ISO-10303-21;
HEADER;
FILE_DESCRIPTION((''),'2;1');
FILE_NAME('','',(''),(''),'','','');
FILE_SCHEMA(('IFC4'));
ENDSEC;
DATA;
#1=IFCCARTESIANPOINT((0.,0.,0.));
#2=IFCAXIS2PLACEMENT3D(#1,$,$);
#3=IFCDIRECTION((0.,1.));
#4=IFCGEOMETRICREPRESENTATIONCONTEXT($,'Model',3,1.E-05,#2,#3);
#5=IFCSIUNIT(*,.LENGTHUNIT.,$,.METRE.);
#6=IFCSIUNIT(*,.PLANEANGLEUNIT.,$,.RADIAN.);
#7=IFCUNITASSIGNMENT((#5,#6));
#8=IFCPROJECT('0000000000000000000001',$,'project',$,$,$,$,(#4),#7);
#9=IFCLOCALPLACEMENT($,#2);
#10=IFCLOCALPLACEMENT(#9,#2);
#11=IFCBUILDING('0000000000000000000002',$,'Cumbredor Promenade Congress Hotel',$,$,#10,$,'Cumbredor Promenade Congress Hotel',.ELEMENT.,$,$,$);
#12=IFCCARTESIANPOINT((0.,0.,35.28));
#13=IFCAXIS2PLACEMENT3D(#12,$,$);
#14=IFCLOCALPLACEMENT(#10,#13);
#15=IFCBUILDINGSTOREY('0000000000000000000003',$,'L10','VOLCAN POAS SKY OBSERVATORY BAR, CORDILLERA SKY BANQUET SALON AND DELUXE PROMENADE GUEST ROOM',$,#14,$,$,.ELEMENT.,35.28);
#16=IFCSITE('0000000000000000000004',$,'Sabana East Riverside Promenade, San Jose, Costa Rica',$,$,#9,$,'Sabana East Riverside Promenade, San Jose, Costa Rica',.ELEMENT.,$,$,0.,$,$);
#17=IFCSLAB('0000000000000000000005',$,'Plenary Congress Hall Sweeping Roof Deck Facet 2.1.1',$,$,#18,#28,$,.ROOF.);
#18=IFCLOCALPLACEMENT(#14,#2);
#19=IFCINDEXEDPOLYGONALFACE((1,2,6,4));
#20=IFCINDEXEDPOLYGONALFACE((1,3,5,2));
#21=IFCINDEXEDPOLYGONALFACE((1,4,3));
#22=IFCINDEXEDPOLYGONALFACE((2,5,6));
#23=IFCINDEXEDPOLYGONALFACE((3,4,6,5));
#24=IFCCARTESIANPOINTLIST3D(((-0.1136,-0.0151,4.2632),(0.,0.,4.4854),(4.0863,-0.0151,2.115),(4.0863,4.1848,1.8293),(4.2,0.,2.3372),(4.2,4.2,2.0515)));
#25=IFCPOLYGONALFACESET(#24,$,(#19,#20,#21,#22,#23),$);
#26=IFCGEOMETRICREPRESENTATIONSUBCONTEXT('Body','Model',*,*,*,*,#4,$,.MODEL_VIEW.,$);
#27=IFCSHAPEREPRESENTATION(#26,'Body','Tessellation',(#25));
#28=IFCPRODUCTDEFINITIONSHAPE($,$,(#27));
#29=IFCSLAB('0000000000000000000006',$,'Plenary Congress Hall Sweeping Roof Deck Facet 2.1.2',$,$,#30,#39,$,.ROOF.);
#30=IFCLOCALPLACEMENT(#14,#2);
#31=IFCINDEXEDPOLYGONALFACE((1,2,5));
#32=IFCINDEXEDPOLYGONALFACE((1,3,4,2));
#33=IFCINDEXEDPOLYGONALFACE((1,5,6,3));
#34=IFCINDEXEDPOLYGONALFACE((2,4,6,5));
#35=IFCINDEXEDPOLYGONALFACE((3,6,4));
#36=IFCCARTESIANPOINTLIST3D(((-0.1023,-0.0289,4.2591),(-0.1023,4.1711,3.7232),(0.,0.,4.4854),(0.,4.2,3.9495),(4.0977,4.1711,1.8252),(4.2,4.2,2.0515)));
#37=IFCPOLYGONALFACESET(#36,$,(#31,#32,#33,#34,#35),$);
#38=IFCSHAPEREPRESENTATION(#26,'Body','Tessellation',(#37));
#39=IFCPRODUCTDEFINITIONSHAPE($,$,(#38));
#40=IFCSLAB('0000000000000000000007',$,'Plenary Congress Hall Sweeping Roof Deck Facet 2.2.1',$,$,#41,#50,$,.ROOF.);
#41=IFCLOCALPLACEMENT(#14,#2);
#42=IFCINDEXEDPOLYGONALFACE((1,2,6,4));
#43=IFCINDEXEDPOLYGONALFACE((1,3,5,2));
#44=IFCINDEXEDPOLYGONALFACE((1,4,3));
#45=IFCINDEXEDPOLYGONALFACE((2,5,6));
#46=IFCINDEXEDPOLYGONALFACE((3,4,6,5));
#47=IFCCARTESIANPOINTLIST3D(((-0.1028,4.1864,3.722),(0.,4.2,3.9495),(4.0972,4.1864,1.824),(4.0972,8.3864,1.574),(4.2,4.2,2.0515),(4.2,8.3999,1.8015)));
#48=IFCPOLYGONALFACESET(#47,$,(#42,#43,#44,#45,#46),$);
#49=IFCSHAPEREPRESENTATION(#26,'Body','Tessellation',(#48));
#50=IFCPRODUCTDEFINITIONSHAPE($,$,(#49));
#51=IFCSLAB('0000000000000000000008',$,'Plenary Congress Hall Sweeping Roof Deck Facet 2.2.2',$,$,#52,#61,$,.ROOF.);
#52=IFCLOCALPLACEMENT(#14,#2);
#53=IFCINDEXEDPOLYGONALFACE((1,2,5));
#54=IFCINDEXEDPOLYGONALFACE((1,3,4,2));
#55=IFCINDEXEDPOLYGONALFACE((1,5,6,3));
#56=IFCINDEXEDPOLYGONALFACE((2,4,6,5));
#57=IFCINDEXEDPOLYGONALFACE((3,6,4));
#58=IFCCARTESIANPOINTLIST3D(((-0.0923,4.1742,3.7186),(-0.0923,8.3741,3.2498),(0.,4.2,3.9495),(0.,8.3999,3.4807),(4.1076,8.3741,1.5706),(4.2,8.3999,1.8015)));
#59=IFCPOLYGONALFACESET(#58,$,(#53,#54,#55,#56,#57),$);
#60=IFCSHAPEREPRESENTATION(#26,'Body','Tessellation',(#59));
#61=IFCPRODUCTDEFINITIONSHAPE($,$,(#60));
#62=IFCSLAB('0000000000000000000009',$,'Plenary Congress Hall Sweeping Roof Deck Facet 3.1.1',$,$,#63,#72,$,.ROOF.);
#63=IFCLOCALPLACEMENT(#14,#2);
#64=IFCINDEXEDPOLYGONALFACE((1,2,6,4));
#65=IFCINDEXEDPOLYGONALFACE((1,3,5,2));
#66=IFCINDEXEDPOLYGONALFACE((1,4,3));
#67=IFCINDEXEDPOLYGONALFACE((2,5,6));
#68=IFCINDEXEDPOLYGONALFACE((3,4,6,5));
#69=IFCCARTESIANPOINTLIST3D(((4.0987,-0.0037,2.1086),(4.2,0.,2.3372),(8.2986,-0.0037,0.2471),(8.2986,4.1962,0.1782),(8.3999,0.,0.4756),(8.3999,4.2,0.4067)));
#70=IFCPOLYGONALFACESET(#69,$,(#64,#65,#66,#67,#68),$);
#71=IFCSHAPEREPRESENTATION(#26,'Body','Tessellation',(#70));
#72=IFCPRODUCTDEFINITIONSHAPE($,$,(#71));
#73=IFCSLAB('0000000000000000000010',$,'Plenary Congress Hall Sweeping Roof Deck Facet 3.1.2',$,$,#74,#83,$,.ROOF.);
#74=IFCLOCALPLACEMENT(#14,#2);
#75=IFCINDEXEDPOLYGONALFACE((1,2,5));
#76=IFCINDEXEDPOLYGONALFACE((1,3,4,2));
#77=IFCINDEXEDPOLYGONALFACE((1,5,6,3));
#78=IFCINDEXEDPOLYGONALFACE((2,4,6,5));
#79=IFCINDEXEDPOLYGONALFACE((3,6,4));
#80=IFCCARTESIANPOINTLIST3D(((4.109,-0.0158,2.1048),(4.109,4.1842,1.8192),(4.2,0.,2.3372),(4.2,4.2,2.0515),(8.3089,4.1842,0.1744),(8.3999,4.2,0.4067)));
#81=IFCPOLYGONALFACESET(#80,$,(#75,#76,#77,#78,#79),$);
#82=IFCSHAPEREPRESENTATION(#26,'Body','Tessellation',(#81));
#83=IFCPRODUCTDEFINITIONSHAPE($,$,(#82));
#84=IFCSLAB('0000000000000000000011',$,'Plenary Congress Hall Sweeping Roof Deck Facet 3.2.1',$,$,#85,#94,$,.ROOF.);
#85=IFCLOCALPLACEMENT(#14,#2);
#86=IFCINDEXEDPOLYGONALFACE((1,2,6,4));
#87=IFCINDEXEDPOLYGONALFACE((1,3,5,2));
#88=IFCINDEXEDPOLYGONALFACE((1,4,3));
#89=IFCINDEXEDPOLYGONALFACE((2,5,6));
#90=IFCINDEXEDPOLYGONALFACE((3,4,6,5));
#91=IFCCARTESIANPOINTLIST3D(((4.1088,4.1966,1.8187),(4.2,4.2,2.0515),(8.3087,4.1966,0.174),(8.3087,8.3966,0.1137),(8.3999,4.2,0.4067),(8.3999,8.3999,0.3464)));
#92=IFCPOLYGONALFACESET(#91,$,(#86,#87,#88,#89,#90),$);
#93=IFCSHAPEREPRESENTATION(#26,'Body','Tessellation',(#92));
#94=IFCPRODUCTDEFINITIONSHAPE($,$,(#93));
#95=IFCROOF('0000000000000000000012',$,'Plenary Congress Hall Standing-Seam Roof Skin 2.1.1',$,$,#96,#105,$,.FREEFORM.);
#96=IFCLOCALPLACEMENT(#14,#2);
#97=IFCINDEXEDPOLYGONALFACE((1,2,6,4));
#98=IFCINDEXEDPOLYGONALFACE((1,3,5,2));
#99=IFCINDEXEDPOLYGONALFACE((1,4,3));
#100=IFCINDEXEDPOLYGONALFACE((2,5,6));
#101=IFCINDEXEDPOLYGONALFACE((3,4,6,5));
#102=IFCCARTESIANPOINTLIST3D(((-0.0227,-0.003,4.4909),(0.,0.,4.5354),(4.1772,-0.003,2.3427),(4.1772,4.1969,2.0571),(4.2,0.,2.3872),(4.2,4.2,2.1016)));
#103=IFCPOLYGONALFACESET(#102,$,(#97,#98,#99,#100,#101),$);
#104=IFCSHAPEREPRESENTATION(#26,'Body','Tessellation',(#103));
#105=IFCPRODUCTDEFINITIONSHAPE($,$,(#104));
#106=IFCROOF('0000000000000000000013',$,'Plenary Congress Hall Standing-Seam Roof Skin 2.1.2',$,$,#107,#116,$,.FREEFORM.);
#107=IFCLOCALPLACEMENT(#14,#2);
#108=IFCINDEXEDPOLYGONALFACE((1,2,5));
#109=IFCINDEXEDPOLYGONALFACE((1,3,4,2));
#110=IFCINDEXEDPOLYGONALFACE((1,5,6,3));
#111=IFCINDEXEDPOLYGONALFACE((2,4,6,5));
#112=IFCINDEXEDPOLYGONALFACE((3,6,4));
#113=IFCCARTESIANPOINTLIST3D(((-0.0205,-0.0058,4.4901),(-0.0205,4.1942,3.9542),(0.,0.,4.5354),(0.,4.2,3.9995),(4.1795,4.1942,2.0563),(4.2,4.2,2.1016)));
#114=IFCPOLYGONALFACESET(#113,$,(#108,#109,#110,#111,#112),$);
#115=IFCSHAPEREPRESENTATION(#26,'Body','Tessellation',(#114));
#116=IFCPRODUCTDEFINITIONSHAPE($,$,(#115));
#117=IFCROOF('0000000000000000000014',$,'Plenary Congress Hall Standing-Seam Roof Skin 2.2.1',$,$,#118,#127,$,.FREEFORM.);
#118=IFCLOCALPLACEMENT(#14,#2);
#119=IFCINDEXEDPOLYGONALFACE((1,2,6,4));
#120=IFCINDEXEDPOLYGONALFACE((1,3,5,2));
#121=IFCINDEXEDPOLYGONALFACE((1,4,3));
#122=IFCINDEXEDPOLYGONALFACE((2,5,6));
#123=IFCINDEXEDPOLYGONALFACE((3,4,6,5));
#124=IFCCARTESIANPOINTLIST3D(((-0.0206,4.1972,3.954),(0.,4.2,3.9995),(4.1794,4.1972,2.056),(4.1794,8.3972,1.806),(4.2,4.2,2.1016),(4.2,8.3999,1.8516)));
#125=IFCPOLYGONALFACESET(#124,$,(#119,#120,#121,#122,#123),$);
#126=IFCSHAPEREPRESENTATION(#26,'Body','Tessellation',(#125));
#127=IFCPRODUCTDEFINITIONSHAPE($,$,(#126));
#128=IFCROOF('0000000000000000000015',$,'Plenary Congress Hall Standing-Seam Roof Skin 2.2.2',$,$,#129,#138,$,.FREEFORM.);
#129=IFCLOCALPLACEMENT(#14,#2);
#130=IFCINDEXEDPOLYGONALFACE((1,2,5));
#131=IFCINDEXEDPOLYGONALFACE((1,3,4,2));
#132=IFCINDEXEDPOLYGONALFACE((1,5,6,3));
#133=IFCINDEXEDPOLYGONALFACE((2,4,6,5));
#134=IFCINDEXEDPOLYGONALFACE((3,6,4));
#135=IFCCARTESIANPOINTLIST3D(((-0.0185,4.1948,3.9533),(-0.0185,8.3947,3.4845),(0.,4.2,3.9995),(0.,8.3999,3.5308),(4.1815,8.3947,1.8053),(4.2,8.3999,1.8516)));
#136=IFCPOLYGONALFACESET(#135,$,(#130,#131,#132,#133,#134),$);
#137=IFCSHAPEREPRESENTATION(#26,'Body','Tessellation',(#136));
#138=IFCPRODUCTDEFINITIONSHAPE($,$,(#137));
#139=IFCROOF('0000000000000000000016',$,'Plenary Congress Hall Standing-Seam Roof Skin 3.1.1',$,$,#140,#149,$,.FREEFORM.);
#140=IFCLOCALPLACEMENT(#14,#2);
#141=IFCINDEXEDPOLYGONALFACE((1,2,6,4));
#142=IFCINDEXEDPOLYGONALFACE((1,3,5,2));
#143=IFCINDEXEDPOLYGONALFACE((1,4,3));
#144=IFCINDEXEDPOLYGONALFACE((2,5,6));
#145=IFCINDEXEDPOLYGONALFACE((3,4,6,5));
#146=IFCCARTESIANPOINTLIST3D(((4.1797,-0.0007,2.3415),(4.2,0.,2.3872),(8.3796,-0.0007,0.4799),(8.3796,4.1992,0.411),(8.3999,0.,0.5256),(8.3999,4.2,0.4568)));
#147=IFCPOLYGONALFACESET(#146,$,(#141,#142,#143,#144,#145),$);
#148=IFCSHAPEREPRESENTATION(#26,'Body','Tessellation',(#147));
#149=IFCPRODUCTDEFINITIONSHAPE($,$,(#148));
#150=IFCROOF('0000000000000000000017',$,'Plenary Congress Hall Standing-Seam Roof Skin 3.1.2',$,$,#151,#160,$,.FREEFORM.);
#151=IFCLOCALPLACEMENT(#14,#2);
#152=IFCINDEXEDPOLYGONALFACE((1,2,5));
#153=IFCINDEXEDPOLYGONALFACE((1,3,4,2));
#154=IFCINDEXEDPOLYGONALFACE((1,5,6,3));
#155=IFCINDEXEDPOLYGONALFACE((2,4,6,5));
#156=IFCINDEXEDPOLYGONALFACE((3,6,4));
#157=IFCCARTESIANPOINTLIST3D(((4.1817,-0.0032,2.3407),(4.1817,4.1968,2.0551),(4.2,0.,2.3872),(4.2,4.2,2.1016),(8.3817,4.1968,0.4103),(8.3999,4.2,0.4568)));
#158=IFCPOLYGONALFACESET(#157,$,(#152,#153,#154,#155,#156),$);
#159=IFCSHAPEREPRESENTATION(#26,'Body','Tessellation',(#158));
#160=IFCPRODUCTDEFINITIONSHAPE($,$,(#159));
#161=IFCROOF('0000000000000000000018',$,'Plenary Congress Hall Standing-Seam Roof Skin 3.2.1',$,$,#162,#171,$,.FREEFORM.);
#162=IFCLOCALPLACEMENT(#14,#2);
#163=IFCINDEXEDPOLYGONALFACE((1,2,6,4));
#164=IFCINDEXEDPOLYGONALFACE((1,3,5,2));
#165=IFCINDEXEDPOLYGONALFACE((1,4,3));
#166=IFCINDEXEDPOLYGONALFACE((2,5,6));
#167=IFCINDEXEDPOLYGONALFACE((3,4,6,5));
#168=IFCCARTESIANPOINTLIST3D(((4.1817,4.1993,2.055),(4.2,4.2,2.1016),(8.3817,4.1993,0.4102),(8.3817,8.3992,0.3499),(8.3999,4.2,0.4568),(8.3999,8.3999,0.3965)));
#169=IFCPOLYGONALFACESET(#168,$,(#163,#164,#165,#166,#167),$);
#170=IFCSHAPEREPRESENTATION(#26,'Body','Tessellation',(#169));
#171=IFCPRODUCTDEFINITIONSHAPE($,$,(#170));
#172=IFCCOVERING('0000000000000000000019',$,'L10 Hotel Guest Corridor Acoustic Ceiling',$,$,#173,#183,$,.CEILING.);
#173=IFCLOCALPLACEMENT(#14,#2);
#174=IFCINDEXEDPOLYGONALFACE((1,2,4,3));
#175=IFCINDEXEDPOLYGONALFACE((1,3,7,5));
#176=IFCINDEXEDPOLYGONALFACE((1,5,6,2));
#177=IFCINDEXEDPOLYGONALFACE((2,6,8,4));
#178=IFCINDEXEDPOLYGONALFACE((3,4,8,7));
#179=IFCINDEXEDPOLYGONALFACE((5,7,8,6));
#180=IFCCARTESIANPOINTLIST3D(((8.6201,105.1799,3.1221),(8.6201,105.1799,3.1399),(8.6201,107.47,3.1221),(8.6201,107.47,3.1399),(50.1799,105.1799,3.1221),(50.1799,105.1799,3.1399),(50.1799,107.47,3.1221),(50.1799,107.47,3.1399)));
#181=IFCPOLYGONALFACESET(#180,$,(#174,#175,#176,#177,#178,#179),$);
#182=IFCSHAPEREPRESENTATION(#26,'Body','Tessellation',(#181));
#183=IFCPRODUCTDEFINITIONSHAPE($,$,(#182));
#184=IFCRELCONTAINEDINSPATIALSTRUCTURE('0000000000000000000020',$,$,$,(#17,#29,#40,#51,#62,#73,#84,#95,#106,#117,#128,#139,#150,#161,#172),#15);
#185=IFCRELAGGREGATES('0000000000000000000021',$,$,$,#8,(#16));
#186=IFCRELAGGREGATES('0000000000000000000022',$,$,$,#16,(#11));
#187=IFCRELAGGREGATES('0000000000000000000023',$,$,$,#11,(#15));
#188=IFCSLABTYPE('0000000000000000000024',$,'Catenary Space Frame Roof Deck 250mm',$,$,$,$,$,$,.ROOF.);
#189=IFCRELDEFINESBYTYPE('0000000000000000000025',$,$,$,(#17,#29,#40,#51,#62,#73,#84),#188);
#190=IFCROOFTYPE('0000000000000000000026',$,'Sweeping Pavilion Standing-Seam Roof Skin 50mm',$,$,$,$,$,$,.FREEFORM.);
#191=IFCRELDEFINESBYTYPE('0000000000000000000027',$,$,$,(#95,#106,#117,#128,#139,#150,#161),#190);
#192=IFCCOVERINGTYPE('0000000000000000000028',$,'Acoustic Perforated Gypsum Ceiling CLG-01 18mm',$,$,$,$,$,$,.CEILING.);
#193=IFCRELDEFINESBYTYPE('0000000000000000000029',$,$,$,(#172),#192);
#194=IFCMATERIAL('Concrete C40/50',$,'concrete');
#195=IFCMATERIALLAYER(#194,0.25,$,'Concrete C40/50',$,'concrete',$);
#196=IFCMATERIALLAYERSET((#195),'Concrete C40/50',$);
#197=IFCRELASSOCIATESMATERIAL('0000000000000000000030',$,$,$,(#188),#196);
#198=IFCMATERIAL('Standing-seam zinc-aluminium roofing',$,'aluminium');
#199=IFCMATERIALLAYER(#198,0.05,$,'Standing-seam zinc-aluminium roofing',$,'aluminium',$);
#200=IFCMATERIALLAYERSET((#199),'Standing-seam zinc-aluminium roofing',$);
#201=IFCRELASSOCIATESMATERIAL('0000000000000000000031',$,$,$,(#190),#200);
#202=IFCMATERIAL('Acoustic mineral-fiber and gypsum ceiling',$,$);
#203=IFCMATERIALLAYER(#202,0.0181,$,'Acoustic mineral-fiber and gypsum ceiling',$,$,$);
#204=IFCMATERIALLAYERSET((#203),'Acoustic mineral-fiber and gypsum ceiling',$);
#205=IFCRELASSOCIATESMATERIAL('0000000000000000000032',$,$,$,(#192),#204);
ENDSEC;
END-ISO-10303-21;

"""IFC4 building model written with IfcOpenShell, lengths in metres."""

from ifc_helpers import new_model, si_unit, direction, frame, origin, place, context, subcontext, project, spatial, polyline, outline, extrude, material, layer, layer_set, type_object, element, save


model = new_model("IFC4")

# Units and contexts
model_context = context("Model", 3, precision=1e-05, world=origin(), true_north=direction((0.0, 1.0)))
body_context = subcontext(model_context, "Body", "Model", "MODEL_VIEW")
ifc_project = project(units=[si_unit("LENGTHUNIT", "METRE"), si_unit("PLANEANGLEUNIT", "RADIAN")], contexts=[model_context])

# Site, building, storey
site_placement = place(None, origin())
site = spatial("IfcSite", under=ifc_project, at=site_placement, Name="Sabana East Riverside Promenade, San Jose, Costa Rica", LongName="Sabana East Riverside Promenade, San Jose, Costa Rica", CompositionType="ELEMENT", RefElevation=0.0)
building_placement = place(site_placement, origin())
building = spatial("IfcBuilding", under=site, at=building_placement, Name="Cumbredor Promenade Congress Hotel", LongName="Cumbredor Promenade Congress Hotel", CompositionType="ELEMENT")
storey_placement = place(building_placement, frame((0.0, 0.0, 35.28)))
storey = spatial("IfcBuildingStorey", under=building, at=storey_placement, Name="L10", Description="VOLCAN POAS SKY OBSERVATORY BAR, CORDILLERA SKY BANQUET SALON AND DELUXE PROMENADE GUEST ROOM", CompositionType="ELEMENT", Elevation=35.28)

# Slabs
ifc_material_1 = material(Name="Concrete C40/50", Category="concrete")
ifc_layer_1 = layer(ifc_material_1, 0.25, Name="Concrete C40/50", Category="concrete")
ifc_layer_set_1 = layer_set([ifc_layer_1], Name="Concrete C40/50")
slab_type = type_object("IfcSlabType", Name="Catenary Space Frame Roof Deck 250mm", PredefinedType="ROOF", material=ifc_layer_set_1)
slab_1_placement = place(storey_placement, frame((0.0, 0.0, 4.4854), z_axis=(0.454539, 0.06044, 0.888674), x_axis=(0.890301, 0.0, -0.455372)))
element("IfcSlab", 1, at=slab_1_placement, inside=storey, type_object=slab_type, Name="Plenary Congress Hall Sweeping Roof Deck Facet 2.1.1", PredefinedType="ROOF", context=body_context, shape_type="SweptSolid", body=[
    extrude(outline(polyline([(0.0, 0.0), (4.7174, 0.0), (4.8475, 4.2076), (0.0, 0.0)])), origin(), (0.0, 0.0, -1.0), 0.25),
])
slab_2_placement = place(storey_placement, frame((0.0, 0.0, 4.4854), z_axis=(0.409047, 0.115495, 0.905175), x_axis=(0.654306, 0.654306, -0.379165)))
element("IfcSlab", 2, at=slab_2_placement, inside=storey, type_object=slab_type, Name="Plenary Congress Hall Sweeping Roof Deck Facet 2.1.2", PredefinedType="ROOF", context=body_context, shape_type="SweptSolid", body=[
    extrude(outline(polyline([(0.0, 0.0), (6.4189, 0.0), (2.9512, 3.0359), (0.0, 0.0)])), origin(), (0.0, 0.0, -1.0), 0.25),
])
slab_3_placement = place(storey_placement, frame((0.0, 4.2, 3.9495), z_axis=(0.411198, 0.054163, 0.909935), x_axis=(0.911273, 0.0, -0.411802)))
element("IfcSlab", 3, at=slab_3_placement, inside=storey, type_object=slab_type, Name="Plenary Congress Hall Sweeping Roof Deck Facet 2.2.1", PredefinedType="ROOF", context=body_context, shape_type="SweptSolid", body=[
    extrude(outline(polyline([(0.0, 0.0), (4.6089, 0.0), (4.7118, 4.2061), (0.0, 0.0)])), origin(), (0.0, 0.0, -1.0), 0.25),
])
slab_4_placement = place(storey_placement, frame((0.0, 4.2, 3.9495), z_axis=(0.369264, 0.10308, 0.92359), x_axis=(0.664962, 0.664962, -0.340076)))
element("IfcSlab", 4, at=slab_4_placement, inside=storey, type_object=slab_type, Name="Plenary Congress Hall Sweeping Roof Deck Facet 2.2.2", PredefinedType="ROOF", context=body_context, shape_type="SweptSolid", body=[
    extrude(outline(polyline([(0.0, 0.0), (6.3161, 0.0), (2.9522, 3.0239), (0.0, 0.0)])), origin(), (0.0, 0.0, -1.0), 0.25),
])
slab_5_placement = place(storey_placement, frame((4.2, 0.0, 2.3372), z_axis=(0.405171, 0.014985, 0.914118), x_axis=(0.914221, 0.0, -0.405216)))
element("IfcSlab", 5, at=slab_5_placement, inside=storey, type_object=slab_type, Name="Plenary Congress Hall Sweeping Roof Deck Facet 3.1.1", PredefinedType="ROOF", context=body_context, shape_type="SweptSolid", body=[
    extrude(outline(polyline([(0.0, 0.0), (4.594, 0.0), (4.6219, 4.2004), (0.0, 0.0)])), origin(), (0.0, 0.0, -1.0), 0.25),
])
slab_6_placement = place(storey_placement, frame((4.2, 0.0, 2.3372), z_axis=(0.363923, 0.063202, 0.929282), x_axis=(0.672481, 0.672481, -0.309092)))
element("IfcSlab", 6, at=slab_6_placement, inside=storey, type_object=slab_type, Name="Plenary Congress Hall Sweeping Roof Deck Facet 3.1.2", PredefinedType="ROOF", context=body_context, shape_type="SweptSolid", body=[
    extrude(outline(polyline([(0.0, 0.0), (6.2455, 0.0), (2.9127, 3.0393), (0.0, 0.0)])), origin(), (0.0, 0.0, -1.0), 0.25),
])
slab_7_placement = place(storey_placement, frame((4.2, 4.2, 2.0515), z_axis=(0.36462, 0.013368, 0.931061), x_axis=(0.931144, 0.0, -0.364652)))
element("IfcSlab", 7, at=slab_7_placement, inside=storey, type_object=slab_type, Name="Plenary Congress Hall Sweeping Roof Deck Facet 3.2.1", PredefinedType="ROOF", context=body_context, shape_type="SweptSolid", body=[
    extrude(outline(polyline([(0.0, 0.0), (4.5105, 0.0), (4.5325, 4.2003), (0.0, 0.0)])), origin(), (0.0, 0.0, -1.0), 0.25),
])

# Roofs
ifc_material_2 = material(Name="Standing-seam zinc-aluminium roofing", Category="aluminium")
ifc_layer_2 = layer(ifc_material_2, 0.05, Name="Standing-seam zinc-aluminium roofing", Category="aluminium")
ifc_layer_set_2 = layer_set([ifc_layer_2], Name="Standing-seam zinc-aluminium roofing")
roof_type = type_object("IfcRoofType", Name="Sweeping Pavilion Standing-Seam Roof Skin 50mm", PredefinedType="FREEFORM", material=ifc_layer_set_2)
roof_1_placement = place(storey_placement, frame((0.0, 0.0, 4.5354), z_axis=(0.454539, 0.06044, 0.888674), x_axis=(0.890301, 0.0, -0.455372)))
element("IfcRoof", 8, at=roof_1_placement, inside=storey, type_object=roof_type, Name="Plenary Congress Hall Standing-Seam Roof Skin 2.1.1", PredefinedType="FREEFORM", context=body_context, shape_type="SweptSolid", body=[
    extrude(outline(polyline([(0.0, 0.0), (4.7174, 0.0), (4.8475, 4.2076), (0.0, 0.0)])), origin(), (0.0, 0.0, -1.0), 0.05),
])
roof_2_placement = place(storey_placement, frame((0.0, 0.0, 4.5354), z_axis=(0.409047, 0.115495, 0.905175), x_axis=(0.654306, 0.654306, -0.379165)))
element("IfcRoof", 9, at=roof_2_placement, inside=storey, type_object=roof_type, Name="Plenary Congress Hall Standing-Seam Roof Skin 2.1.2", PredefinedType="FREEFORM", context=body_context, shape_type="SweptSolid", body=[
    extrude(outline(polyline([(0.0, 0.0), (6.4189, 0.0), (2.9512, 3.0359), (0.0, 0.0)])), origin(), (0.0, 0.0, -1.0), 0.05),
])
roof_3_placement = place(storey_placement, frame((0.0, 4.2, 3.9995), z_axis=(0.411198, 0.054163, 0.909935), x_axis=(0.911273, 0.0, -0.411802)))
element("IfcRoof", 10, at=roof_3_placement, inside=storey, type_object=roof_type, Name="Plenary Congress Hall Standing-Seam Roof Skin 2.2.1", PredefinedType="FREEFORM", context=body_context, shape_type="SweptSolid", body=[
    extrude(outline(polyline([(0.0, 0.0), (4.6089, 0.0), (4.7118, 4.2061), (0.0, 0.0)])), origin(), (0.0, 0.0, -1.0), 0.05),
])
roof_4_placement = place(storey_placement, frame((0.0, 4.2, 3.9995), z_axis=(0.369264, 0.10308, 0.92359), x_axis=(0.664962, 0.664962, -0.340076)))
element("IfcRoof", 11, at=roof_4_placement, inside=storey, type_object=roof_type, Name="Plenary Congress Hall Standing-Seam Roof Skin 2.2.2", PredefinedType="FREEFORM", context=body_context, shape_type="SweptSolid", body=[
    extrude(outline(polyline([(0.0, 0.0), (6.3161, 0.0), (2.9522, 3.0239), (0.0, 0.0)])), origin(), (0.0, 0.0, -1.0), 0.05),
])
roof_5_placement = place(storey_placement, frame((4.2, 0.0, 2.3872), z_axis=(0.405171, 0.014985, 0.914118), x_axis=(0.914221, 0.0, -0.405216)))
element("IfcRoof", 12, at=roof_5_placement, inside=storey, type_object=roof_type, Name="Plenary Congress Hall Standing-Seam Roof Skin 3.1.1", PredefinedType="FREEFORM", context=body_context, shape_type="SweptSolid", body=[
    extrude(outline(polyline([(0.0, 0.0), (4.594, 0.0), (4.6219, 4.2004), (0.0, 0.0)])), origin(), (0.0, 0.0, -1.0), 0.05),
])
roof_6_placement = place(storey_placement, frame((4.2, 0.0, 2.3872), z_axis=(0.363923, 0.063202, 0.929282), x_axis=(0.672481, 0.672481, -0.309092)))
element("IfcRoof", 13, at=roof_6_placement, inside=storey, type_object=roof_type, Name="Plenary Congress Hall Standing-Seam Roof Skin 3.1.2", PredefinedType="FREEFORM", context=body_context, shape_type="SweptSolid", body=[
    extrude(outline(polyline([(0.0, 0.0), (6.2455, 0.0), (2.9127, 3.0393), (0.0, 0.0)])), origin(), (0.0, 0.0, -1.0), 0.05),
])
roof_7_placement = place(storey_placement, frame((4.2, 4.2, 2.1016), z_axis=(0.36462, 0.013368, 0.931061), x_axis=(0.931144, 0.0, -0.364652)))
element("IfcRoof", 14, at=roof_7_placement, inside=storey, type_object=roof_type, Name="Plenary Congress Hall Standing-Seam Roof Skin 3.2.1", PredefinedType="FREEFORM", context=body_context, shape_type="SweptSolid", body=[
    extrude(outline(polyline([(0.0, 0.0), (4.5105, 0.0), (4.5325, 4.2003), (0.0, 0.0)])), origin(), (0.0, 0.0, -1.0), 0.05),
])

# Covering
ifc_material_3 = material(Name="Acoustic mineral-fiber and gypsum ceiling")
ifc_layer_3 = layer(ifc_material_3, 0.0181, Name="Acoustic mineral-fiber and gypsum ceiling")
ifc_layer_set_3 = layer_set([ifc_layer_3], Name="Acoustic mineral-fiber and gypsum ceiling")
covering_type_1 = type_object("IfcCoveringType", Name="Acoustic Perforated Gypsum Ceiling CLG-01 18mm", PredefinedType="CEILING", material=ifc_layer_set_3)
covering_1_placement = place(storey_placement, frame((0.0, 0.0, 3.1221)))
element("IfcCovering", 15, at=covering_1_placement, inside=storey, type_object=covering_type_1, Name="L10 Hotel Guest Corridor Acoustic Ceiling", PredefinedType="CEILING", context=body_context, shape_type="SweptSolid", body=[
    extrude(outline(polyline([(50.1799, 105.1799), (50.1799, 107.47), (8.6201, 107.47), (8.6201, 105.1799), (50.1799, 105.1799)])), origin(), (0.0, 0.0, 1.0), 0.0178),
])

save(model, "model.ifc")
